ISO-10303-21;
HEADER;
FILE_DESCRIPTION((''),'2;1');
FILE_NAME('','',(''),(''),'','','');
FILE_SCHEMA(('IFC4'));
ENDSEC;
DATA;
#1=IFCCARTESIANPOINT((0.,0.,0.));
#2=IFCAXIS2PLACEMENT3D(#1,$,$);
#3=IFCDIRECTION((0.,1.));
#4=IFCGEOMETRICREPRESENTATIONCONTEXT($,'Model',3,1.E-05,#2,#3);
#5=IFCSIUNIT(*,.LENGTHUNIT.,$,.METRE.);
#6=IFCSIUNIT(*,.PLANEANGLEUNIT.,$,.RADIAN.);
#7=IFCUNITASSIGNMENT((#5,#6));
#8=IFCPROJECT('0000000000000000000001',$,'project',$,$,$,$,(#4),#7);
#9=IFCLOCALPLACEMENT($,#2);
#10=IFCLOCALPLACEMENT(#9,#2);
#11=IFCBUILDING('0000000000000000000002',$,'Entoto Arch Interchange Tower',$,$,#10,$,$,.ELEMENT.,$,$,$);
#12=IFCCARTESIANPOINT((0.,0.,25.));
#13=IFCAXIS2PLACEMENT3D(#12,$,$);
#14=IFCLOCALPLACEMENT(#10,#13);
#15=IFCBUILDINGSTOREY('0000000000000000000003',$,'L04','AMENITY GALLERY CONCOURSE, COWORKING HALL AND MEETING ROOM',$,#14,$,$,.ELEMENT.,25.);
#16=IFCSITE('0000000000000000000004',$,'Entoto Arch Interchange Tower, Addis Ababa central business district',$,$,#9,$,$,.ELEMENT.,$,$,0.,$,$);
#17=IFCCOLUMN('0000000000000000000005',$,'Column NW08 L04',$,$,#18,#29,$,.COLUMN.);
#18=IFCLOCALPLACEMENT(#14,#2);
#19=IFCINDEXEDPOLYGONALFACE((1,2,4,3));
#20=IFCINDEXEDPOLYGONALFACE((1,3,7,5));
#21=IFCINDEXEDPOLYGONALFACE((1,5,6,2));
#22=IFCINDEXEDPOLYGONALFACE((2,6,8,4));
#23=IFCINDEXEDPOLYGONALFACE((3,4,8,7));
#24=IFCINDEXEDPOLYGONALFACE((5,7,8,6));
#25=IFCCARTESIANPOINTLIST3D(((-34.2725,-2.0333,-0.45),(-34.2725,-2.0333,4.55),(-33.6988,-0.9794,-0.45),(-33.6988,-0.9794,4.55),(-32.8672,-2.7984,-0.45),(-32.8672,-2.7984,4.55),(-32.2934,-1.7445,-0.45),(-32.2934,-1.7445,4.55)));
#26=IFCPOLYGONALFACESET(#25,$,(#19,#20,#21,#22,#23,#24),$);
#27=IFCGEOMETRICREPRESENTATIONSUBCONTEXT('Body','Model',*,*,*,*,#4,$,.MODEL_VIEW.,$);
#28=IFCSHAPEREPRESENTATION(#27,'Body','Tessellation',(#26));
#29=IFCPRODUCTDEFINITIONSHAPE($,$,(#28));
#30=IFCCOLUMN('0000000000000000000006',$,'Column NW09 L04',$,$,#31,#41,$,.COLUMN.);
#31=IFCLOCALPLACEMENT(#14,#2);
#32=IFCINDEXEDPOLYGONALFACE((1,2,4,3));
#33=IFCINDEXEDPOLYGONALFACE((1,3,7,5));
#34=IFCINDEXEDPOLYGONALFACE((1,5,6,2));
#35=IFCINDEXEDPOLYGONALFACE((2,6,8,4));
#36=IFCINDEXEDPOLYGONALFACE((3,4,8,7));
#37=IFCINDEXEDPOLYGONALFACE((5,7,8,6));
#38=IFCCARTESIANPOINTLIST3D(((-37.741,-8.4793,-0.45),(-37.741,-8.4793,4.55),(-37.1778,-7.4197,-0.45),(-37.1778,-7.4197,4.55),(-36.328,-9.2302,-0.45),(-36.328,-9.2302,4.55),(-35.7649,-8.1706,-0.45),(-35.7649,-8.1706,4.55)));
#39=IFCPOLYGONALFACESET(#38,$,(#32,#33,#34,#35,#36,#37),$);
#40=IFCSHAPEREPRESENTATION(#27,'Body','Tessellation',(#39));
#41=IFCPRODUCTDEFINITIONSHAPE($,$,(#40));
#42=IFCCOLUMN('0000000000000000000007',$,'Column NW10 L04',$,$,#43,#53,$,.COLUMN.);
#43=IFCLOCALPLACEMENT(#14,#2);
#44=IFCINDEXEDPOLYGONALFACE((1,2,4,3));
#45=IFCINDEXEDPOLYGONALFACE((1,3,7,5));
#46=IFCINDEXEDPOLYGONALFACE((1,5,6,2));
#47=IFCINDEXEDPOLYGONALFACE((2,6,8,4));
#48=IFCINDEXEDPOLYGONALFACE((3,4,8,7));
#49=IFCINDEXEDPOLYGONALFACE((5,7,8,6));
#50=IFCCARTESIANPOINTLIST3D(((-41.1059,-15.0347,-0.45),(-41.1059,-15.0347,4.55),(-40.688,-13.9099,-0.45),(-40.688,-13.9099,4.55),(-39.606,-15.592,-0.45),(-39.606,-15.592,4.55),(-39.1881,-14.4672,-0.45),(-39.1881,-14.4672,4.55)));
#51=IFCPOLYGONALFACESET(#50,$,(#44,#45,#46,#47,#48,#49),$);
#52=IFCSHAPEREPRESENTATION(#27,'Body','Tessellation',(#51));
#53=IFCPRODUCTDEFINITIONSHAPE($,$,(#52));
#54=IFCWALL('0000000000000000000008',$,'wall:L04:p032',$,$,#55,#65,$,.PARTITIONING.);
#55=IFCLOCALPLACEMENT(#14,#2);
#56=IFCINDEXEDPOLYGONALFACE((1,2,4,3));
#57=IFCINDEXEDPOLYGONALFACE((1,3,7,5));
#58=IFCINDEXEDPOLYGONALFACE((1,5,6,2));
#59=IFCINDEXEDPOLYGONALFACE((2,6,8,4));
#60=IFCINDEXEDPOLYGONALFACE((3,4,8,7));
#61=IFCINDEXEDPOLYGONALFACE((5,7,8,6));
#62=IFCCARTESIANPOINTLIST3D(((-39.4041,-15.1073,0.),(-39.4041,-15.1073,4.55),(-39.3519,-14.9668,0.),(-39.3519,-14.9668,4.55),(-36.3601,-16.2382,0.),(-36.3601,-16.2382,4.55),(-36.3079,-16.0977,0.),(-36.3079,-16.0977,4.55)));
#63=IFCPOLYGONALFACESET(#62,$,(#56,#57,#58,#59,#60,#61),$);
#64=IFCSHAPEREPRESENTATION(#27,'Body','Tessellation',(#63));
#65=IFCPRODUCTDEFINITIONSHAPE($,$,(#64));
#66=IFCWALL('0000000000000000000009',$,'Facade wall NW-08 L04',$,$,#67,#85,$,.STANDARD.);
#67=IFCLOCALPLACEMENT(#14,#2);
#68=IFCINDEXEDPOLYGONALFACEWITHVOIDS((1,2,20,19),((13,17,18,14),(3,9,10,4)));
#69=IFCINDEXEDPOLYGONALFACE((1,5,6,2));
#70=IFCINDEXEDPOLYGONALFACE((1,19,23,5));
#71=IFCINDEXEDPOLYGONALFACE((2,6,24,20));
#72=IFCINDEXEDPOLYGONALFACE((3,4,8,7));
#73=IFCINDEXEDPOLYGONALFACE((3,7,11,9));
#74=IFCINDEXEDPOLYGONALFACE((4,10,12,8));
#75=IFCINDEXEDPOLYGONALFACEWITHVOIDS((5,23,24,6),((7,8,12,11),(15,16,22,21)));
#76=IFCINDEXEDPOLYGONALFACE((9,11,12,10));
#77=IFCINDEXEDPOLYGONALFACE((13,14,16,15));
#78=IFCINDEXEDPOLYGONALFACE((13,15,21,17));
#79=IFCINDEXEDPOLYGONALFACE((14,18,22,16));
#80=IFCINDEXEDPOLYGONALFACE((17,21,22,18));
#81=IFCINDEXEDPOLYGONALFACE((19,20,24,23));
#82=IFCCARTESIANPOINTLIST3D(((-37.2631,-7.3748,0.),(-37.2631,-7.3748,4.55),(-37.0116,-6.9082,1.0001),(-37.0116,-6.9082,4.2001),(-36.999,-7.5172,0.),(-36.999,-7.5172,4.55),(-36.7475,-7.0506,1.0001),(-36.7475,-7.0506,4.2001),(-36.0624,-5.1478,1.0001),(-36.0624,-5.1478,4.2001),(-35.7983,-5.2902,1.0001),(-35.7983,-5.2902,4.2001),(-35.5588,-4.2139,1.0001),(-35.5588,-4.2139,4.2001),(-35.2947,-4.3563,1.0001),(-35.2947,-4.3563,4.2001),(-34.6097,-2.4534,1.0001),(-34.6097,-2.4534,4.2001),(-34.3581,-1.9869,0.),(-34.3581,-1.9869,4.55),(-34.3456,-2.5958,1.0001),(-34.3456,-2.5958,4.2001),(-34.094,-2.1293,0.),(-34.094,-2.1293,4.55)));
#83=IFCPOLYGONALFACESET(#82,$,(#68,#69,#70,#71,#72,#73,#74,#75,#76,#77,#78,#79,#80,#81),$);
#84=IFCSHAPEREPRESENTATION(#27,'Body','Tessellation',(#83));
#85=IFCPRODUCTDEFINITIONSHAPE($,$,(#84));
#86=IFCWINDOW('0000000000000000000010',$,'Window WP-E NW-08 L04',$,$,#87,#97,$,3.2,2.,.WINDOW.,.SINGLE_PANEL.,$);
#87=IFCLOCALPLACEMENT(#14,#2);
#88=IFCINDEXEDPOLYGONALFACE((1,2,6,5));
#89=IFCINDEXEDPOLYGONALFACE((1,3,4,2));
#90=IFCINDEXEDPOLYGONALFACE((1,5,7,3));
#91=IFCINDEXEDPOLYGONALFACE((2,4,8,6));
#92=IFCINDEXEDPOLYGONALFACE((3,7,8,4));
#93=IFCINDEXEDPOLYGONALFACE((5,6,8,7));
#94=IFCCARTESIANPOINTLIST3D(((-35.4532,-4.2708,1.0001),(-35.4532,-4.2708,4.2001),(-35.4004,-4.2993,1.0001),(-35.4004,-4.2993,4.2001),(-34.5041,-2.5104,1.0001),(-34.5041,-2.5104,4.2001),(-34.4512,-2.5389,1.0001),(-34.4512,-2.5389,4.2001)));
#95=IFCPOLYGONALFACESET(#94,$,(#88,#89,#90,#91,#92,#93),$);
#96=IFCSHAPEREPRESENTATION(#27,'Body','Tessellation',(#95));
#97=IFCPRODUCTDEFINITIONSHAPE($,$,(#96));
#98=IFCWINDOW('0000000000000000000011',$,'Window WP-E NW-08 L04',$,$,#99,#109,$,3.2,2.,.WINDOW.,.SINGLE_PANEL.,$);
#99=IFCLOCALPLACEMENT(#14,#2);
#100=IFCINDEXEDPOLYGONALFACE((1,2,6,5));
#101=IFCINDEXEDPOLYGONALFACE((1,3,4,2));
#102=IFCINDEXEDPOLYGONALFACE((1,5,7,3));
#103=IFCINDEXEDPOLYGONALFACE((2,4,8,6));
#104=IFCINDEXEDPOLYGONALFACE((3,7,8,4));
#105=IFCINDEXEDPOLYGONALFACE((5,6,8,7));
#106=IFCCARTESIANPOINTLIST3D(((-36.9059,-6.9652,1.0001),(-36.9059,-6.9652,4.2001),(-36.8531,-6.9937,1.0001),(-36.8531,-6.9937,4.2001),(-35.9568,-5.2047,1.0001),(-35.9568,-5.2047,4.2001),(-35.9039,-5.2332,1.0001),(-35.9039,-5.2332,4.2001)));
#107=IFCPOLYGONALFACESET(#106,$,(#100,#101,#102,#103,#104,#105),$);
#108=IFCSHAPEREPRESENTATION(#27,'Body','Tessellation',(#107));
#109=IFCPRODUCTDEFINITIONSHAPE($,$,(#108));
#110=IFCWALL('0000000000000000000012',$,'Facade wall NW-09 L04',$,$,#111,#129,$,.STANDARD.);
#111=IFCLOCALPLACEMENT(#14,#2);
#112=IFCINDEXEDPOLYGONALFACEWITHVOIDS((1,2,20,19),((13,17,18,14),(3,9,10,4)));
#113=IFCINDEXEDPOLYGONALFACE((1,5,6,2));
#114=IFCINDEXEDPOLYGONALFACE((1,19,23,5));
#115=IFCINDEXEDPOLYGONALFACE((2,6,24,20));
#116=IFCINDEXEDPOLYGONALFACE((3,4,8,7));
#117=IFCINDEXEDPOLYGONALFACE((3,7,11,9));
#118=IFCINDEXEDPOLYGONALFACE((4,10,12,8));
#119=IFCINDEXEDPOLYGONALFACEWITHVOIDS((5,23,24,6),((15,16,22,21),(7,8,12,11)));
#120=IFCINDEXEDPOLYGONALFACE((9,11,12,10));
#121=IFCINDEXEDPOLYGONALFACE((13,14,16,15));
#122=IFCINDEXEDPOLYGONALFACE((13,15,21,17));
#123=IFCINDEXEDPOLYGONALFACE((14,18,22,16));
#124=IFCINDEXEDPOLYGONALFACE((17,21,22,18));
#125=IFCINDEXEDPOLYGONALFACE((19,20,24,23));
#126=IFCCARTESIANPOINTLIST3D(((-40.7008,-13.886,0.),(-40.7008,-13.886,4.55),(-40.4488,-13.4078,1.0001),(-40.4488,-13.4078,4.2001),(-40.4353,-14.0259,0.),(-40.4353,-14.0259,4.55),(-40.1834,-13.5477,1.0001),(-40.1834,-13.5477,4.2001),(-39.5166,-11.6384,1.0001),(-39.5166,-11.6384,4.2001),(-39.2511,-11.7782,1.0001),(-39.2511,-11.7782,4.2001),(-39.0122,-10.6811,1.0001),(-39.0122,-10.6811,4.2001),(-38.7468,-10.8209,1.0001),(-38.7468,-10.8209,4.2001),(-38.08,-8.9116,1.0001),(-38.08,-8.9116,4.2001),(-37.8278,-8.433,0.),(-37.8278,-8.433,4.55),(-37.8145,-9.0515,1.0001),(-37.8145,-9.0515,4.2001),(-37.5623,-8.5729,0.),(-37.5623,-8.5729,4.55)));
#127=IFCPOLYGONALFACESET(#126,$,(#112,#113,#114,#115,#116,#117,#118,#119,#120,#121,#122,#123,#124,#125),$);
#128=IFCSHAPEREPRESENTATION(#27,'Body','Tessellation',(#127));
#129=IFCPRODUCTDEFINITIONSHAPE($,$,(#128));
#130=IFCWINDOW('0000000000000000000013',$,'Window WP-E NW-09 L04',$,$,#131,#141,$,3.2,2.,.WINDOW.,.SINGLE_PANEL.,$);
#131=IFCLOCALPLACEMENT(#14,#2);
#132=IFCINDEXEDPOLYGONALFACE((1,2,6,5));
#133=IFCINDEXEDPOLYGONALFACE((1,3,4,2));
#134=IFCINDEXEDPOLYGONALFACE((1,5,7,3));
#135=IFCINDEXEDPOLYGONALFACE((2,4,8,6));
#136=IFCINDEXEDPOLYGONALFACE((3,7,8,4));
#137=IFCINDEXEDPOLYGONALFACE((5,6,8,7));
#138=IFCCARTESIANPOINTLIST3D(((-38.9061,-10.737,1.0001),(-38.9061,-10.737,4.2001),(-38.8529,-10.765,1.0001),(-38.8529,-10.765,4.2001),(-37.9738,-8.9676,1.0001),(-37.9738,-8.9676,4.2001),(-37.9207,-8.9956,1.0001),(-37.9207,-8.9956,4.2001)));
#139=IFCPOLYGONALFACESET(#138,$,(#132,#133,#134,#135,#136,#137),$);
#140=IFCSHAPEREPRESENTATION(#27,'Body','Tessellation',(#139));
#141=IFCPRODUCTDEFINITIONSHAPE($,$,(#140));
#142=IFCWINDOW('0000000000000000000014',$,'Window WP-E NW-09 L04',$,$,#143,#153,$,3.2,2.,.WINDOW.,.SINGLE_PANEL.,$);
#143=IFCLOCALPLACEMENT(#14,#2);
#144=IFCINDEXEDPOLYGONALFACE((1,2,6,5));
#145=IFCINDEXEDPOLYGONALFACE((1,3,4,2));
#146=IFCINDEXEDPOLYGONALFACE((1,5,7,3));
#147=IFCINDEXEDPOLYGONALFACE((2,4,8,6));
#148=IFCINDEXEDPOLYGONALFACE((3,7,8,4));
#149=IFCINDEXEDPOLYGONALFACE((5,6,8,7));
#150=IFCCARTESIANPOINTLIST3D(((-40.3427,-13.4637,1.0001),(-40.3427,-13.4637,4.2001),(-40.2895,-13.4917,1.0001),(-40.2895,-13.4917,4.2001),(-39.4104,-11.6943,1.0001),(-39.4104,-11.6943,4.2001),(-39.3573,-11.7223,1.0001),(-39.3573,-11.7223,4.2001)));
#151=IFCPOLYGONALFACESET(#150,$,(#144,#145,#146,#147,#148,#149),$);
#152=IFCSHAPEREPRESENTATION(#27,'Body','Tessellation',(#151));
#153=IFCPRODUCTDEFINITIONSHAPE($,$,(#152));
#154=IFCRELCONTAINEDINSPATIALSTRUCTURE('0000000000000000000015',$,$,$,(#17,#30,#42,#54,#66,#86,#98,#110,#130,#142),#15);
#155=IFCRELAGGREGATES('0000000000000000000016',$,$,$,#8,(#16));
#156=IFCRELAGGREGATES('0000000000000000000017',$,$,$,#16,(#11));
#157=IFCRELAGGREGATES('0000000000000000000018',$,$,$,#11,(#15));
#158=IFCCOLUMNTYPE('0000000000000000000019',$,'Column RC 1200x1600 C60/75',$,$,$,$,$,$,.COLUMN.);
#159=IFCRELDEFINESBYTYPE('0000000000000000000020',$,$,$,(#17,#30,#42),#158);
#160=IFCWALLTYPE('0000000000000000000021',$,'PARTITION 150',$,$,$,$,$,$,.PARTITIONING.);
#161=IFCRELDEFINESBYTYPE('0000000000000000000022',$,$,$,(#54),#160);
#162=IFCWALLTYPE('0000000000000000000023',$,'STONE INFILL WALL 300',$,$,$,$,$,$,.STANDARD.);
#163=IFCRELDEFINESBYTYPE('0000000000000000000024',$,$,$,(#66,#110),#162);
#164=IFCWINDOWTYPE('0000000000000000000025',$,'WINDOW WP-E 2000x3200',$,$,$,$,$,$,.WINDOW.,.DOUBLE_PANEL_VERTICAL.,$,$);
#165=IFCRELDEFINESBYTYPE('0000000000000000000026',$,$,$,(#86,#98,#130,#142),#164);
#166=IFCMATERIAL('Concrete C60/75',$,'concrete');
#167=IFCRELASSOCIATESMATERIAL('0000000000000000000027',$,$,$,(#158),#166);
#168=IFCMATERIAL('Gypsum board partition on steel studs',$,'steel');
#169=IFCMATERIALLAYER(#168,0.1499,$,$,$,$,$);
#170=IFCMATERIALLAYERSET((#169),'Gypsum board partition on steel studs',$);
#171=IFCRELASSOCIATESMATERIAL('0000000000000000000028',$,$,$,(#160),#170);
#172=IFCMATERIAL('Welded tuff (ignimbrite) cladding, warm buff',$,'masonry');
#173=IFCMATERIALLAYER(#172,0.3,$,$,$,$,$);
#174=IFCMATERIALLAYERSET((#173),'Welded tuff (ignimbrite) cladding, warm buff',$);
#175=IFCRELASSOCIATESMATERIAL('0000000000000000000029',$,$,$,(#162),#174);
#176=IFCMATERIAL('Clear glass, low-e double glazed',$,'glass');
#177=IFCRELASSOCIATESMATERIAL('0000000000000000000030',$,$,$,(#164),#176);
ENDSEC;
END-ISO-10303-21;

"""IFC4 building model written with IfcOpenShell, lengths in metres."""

from ifc_helpers import new_model, si_unit, direction, frame, frame_2d, origin, origin_2d, place, context, subcontext, project, spatial, rectangle, extrude, material, layer, layer_set, material_profile, profile_set, type_object, element, fill, save


model = new_model("IFC4")

# Units and contexts
model_context = context("Model", 3, precision=1e-05, world=origin(), true_north=direction((0.0, 1.0)))
body_context = subcontext(model_context, "Body", "Model", "MODEL_VIEW")
ifc_project = project(units=[si_unit("LENGTHUNIT", "METRE"), si_unit("PLANEANGLEUNIT", "RADIAN")], contexts=[model_context])

# Site, building, storey
site_placement = place(None, origin())
site = spatial("IfcSite", under=ifc_project, at=site_placement, Name="Entoto Arch Interchange Tower, Addis Ababa central business district", CompositionType="ELEMENT", RefElevation=0.0)
building_placement = place(site_placement, origin())
building = spatial("IfcBuilding", under=site, at=building_placement, Name="Entoto Arch Interchange Tower", CompositionType="ELEMENT")
storey_placement = place(building_placement, frame((0.0, 0.0, 25.0)))
storey = spatial("IfcBuildingStorey", under=building, at=storey_placement, Name="L04", Description="AMENITY GALLERY CONCOURSE, COWORKING HALL AND MEETING ROOM", CompositionType="ELEMENT", Elevation=25.0)

# Columns
ifc_material_1 = material(Name="Concrete C60/75", Category="concrete")
ifc_material_profile = material_profile(ifc_material_1, rectangle(XDim=1.2, YDim=1.6001, at=origin_2d()))
ifc_profile_set = profile_set([ifc_material_profile], Name="Concrete C60/75")
column_type = type_object("IfcColumnType", Name="Column RC 1200x1600 C60/75", PredefinedType="COLUMN", material=ifc_profile_set)
for number, where, z_axis, x_axis, name in (
    (1, (-33.283, -1.8889, -0.45), (0.0, 0.0, 1.0), (0.47814, 0.878284, 0.0), "Column NW08 L04"),
    (2, (-36.7529, -8.325, -0.45), (0.0, 0.0, 1.0), (0.469317, 0.88303, 0.0), "Column NW09 L04"),
    (3, (-40.147, -14.751, -0.45), (0.0, 0.0, 1.0), (0.348278, 0.937391, 0.0), "Column NW10 L04"),
):
    element("IfcColumn", number, at=place(storey_placement, frame(where, z_axis=z_axis, x_axis=x_axis)), inside=storey, type_object=column_type, Name=name, PredefinedType="COLUMN", context=body_context, shape_type="SweptSolid", body=[
        extrude(rectangle(XDim=1.2, YDim=1.6001, at=origin_2d()), origin(), (0.0, 0.0, 1.0), 5.0),
    ])

# Wall
ifc_material_2 = material(Name="Gypsum board partition on steel studs", Category="steel")
ifc_layer_1 = layer(ifc_material_2, 0.1499)
ifc_layer_set_1 = layer_set([ifc_layer_1], Name="Gypsum board partition on steel studs")
wall_type_1 = type_object("IfcWallType", Name="PARTITION 150", PredefinedType="PARTITIONING", material=ifc_layer_set_1)
wall_1_placement = place(storey_placement, frame((-39.3779, -15.0371, 0.0), z_axis=(0.0, 0.0, 1.0), x_axis=(0.9374, -0.348254, 0.0)))
element("IfcWall", 4, at=wall_1_placement, inside=storey, type_object=wall_type_1, Name="wall:L04:p032", PredefinedType="PARTITIONING", context=body_context, shape_type="SweptSolid", body=[
    extrude(rectangle(XDim=3.2473, YDim=0.1499, at=frame_2d((1.6235, 0.0))), origin(), (0.0, 0.0, 1.0), 4.55),
])

# Walls, openings, windows
ifc_material_3 = material(Name="Welded tuff (ignimbrite) cladding, warm buff", Category="masonry")
ifc_layer_2 = layer(ifc_material_3, 0.3)
ifc_layer_set_2 = layer_set([ifc_layer_2], Name="Welded tuff (ignimbrite) cladding, warm buff")
wall_type_2 = type_object("IfcWallType", Name="STONE INFILL WALL 300", PredefinedType="STANDARD", material=ifc_layer_set_2)
wall_2_placement = place(storey_placement, frame((-34.2261, -2.0581, 0.0), z_axis=(0.0, 0.0, 1.0), x_axis=(-0.474585, -0.88021, 0.0)))
wall_2 = element("IfcWall", 5, at=wall_2_placement, inside=storey, type_object=wall_type_2, Name="Facade wall NW-08 L04", PredefinedType="STANDARD", context=body_context, shape_type="SweptSolid", body=[
    extrude(rectangle(XDim=6.1211, YDim=0.3, at=frame_2d((3.0605, 0.0))), origin(), (0.0, 0.0, 1.0), 4.55),
])
opening_1_placement = place(wall_2_placement, frame((0.53, 0.0, 1.0)))
opening_1 = element("IfcOpeningElement", 6, at=opening_1_placement, cuts=wall_2, PredefinedType="OPENING", context=body_context, shape_type="SweptSolid", body=[
    extrude(rectangle(XDim=2.0, YDim=3.2, at=frame_2d((1.0, 1.6001))), frame((0.0, 0.1602, 0.0), z_axis=(0.0, -1.0, 0.0), x_axis=(1.0, 0.0, 0.0)), (0.0, 0.0, 1.0), 0.3201),
])
opening_2_placement = place(wall_2_placement, frame((3.5911, 0.0, 1.0)))
opening_2 = element("IfcOpeningElement", 7, at=opening_2_placement, cuts=wall_2, PredefinedType="OPENING", context=body_context, shape_type="SweptSolid", body=[
    extrude(rectangle(XDim=2.0, YDim=3.2, at=frame_2d((1.0, 1.6001))), frame((0.0, 0.1602, 0.0), z_axis=(0.0, -1.0, 0.0), x_axis=(1.0, 0.0, 0.0)), (0.0, 0.0, 1.0), 0.3201),
])
ifc_material_4 = material(Name="Clear glass, low-e double glazed", Category="glass")
window_type_1 = type_object("IfcWindowType", Name="WINDOW WP-E 2000x3200", PartitioningType="DOUBLE_PANEL_VERTICAL", PredefinedType="WINDOW", material=ifc_material_4)
window_1_placement = place(opening_1_placement, origin())
window_1 = element("IfcWindow", 8, at=window_1_placement, inside=storey, type_object=window_type_1, Name="Window WP-E NW-08 L04", OverallHeight=3.2, OverallWidth=2.0, PartitioningType="SINGLE_PANEL", PredefinedType="WINDOW", context=body_context, shape_type="SweptSolid", body=[
    extrude(rectangle(XDim=2.0, YDim=3.2, at=frame_2d((1.0, 1.6001))), frame((0.0, 0.03, 0.0), z_axis=(0.0, -1.0, 0.0), x_axis=(1.0, 0.0, 0.0)), (0.0, 0.0, 1.0), 0.0601),
])
fill(opening_1, window_1)
window_2_placement = place(opening_2_placement, origin())
window_2 = element("IfcWindow", 9, at=window_2_placement, inside=storey, type_object=window_type_1, Name="Window WP-E NW-08 L04", OverallHeight=3.2, OverallWidth=2.0, PartitioningType="SINGLE_PANEL", PredefinedType="WINDOW", context=body_context, shape_type="SweptSolid", body=[
    extrude(rectangle(XDim=2.0, YDim=3.2, at=frame_2d((1.0, 1.6001))), frame((0.0, 0.03, 0.0), z_axis=(0.0, -1.0, 0.0), x_axis=(1.0, 0.0, 0.0)), (0.0, 0.0, 1.0), 0.0601),
])
fill(opening_2, window_2)
wall_3_placement = place(storey_placement, frame((-37.6951, -8.5029, 0.0), z_axis=(0.0, 0.0, 1.0), x_axis=(-0.466125, -0.884719, 0.0)))
wall_3 = element("IfcWall", 10, at=wall_3_placement, inside=storey, type_object=wall_type_2, Name="Facade wall NW-09 L04", PredefinedType="STANDARD", context=body_context, shape_type="SweptSolid", body=[
    extrude(rectangle(XDim=6.1636, YDim=0.3, at=frame_2d((3.0818, 0.0))), origin(), (0.0, 0.0, 1.0), 4.55),
])
opening_3_placement = place(wall_3_placement, frame((0.541, 0.0, 1.0)))
opening_3 = element("IfcOpeningElement", 11, at=opening_3_placement, cuts=wall_3, PredefinedType="OPENING", context=body_context, shape_type="SweptSolid", body=[
    extrude(rectangle(XDim=2.0, YDim=3.2, at=frame_2d((1.0, 1.6001))), frame((0.0, 0.1602, 0.0), z_axis=(0.0, -1.0, 0.0), x_axis=(1.0, 0.0, 0.0)), (0.0, 0.0, 1.0), 0.3201),
])
opening_4_placement = place(wall_3_placement, frame((3.623, 0.0, 1.0)))
opening_4 = element("IfcOpeningElement", 12, at=opening_4_placement, cuts=wall_3, PredefinedType="OPENING", context=body_context, shape_type="SweptSolid", body=[
    extrude(rectangle(XDim=2.0, YDim=3.2, at=frame_2d((1.0, 1.6001))), frame((0.0, 0.1602, 0.0), z_axis=(0.0, -1.0, 0.0), x_axis=(1.0, 0.0, 0.0)), (0.0, 0.0, 1.0), 0.3201),
])
window_3_placement = place(opening_3_placement, origin())
window_3 = element("IfcWindow", 13, at=window_3_placement, inside=storey, type_object=window_type_1, Name="Window WP-E NW-09 L04", OverallHeight=3.2, OverallWidth=2.0, PartitioningType="SINGLE_PANEL", PredefinedType="WINDOW", context=body_context, shape_type="SweptSolid", body=[
    extrude(rectangle(XDim=2.0, YDim=3.2, at=frame_2d((1.0, 1.6001))), frame((0.0, 0.03, 0.0), z_axis=(0.0, -1.0, 0.0), x_axis=(1.0, 0.0, 0.0)), (0.0, 0.0, 1.0), 0.0601),
])
fill(opening_3, window_3)
window_4_placement = place(opening_4_placement, origin())
window_4 = element("IfcWindow", 14, at=window_4_placement, inside=storey, type_object=window_type_1, Name="Window WP-E NW-09 L04", OverallHeight=3.2, OverallWidth=2.0, PartitioningType="SINGLE_PANEL", PredefinedType="WINDOW", context=body_context, shape_type="SweptSolid", body=[
    extrude(rectangle(XDim=2.0, YDim=3.2, at=frame_2d((1.0, 1.6001))), frame((0.0, 0.03, 0.0), z_axis=(0.0, -1.0, 0.0), x_axis=(1.0, 0.0, 0.0)), (0.0, 0.0, 1.0), 0.0601),
])
fill(opening_4, window_4)

save(model, "model.ifc")
